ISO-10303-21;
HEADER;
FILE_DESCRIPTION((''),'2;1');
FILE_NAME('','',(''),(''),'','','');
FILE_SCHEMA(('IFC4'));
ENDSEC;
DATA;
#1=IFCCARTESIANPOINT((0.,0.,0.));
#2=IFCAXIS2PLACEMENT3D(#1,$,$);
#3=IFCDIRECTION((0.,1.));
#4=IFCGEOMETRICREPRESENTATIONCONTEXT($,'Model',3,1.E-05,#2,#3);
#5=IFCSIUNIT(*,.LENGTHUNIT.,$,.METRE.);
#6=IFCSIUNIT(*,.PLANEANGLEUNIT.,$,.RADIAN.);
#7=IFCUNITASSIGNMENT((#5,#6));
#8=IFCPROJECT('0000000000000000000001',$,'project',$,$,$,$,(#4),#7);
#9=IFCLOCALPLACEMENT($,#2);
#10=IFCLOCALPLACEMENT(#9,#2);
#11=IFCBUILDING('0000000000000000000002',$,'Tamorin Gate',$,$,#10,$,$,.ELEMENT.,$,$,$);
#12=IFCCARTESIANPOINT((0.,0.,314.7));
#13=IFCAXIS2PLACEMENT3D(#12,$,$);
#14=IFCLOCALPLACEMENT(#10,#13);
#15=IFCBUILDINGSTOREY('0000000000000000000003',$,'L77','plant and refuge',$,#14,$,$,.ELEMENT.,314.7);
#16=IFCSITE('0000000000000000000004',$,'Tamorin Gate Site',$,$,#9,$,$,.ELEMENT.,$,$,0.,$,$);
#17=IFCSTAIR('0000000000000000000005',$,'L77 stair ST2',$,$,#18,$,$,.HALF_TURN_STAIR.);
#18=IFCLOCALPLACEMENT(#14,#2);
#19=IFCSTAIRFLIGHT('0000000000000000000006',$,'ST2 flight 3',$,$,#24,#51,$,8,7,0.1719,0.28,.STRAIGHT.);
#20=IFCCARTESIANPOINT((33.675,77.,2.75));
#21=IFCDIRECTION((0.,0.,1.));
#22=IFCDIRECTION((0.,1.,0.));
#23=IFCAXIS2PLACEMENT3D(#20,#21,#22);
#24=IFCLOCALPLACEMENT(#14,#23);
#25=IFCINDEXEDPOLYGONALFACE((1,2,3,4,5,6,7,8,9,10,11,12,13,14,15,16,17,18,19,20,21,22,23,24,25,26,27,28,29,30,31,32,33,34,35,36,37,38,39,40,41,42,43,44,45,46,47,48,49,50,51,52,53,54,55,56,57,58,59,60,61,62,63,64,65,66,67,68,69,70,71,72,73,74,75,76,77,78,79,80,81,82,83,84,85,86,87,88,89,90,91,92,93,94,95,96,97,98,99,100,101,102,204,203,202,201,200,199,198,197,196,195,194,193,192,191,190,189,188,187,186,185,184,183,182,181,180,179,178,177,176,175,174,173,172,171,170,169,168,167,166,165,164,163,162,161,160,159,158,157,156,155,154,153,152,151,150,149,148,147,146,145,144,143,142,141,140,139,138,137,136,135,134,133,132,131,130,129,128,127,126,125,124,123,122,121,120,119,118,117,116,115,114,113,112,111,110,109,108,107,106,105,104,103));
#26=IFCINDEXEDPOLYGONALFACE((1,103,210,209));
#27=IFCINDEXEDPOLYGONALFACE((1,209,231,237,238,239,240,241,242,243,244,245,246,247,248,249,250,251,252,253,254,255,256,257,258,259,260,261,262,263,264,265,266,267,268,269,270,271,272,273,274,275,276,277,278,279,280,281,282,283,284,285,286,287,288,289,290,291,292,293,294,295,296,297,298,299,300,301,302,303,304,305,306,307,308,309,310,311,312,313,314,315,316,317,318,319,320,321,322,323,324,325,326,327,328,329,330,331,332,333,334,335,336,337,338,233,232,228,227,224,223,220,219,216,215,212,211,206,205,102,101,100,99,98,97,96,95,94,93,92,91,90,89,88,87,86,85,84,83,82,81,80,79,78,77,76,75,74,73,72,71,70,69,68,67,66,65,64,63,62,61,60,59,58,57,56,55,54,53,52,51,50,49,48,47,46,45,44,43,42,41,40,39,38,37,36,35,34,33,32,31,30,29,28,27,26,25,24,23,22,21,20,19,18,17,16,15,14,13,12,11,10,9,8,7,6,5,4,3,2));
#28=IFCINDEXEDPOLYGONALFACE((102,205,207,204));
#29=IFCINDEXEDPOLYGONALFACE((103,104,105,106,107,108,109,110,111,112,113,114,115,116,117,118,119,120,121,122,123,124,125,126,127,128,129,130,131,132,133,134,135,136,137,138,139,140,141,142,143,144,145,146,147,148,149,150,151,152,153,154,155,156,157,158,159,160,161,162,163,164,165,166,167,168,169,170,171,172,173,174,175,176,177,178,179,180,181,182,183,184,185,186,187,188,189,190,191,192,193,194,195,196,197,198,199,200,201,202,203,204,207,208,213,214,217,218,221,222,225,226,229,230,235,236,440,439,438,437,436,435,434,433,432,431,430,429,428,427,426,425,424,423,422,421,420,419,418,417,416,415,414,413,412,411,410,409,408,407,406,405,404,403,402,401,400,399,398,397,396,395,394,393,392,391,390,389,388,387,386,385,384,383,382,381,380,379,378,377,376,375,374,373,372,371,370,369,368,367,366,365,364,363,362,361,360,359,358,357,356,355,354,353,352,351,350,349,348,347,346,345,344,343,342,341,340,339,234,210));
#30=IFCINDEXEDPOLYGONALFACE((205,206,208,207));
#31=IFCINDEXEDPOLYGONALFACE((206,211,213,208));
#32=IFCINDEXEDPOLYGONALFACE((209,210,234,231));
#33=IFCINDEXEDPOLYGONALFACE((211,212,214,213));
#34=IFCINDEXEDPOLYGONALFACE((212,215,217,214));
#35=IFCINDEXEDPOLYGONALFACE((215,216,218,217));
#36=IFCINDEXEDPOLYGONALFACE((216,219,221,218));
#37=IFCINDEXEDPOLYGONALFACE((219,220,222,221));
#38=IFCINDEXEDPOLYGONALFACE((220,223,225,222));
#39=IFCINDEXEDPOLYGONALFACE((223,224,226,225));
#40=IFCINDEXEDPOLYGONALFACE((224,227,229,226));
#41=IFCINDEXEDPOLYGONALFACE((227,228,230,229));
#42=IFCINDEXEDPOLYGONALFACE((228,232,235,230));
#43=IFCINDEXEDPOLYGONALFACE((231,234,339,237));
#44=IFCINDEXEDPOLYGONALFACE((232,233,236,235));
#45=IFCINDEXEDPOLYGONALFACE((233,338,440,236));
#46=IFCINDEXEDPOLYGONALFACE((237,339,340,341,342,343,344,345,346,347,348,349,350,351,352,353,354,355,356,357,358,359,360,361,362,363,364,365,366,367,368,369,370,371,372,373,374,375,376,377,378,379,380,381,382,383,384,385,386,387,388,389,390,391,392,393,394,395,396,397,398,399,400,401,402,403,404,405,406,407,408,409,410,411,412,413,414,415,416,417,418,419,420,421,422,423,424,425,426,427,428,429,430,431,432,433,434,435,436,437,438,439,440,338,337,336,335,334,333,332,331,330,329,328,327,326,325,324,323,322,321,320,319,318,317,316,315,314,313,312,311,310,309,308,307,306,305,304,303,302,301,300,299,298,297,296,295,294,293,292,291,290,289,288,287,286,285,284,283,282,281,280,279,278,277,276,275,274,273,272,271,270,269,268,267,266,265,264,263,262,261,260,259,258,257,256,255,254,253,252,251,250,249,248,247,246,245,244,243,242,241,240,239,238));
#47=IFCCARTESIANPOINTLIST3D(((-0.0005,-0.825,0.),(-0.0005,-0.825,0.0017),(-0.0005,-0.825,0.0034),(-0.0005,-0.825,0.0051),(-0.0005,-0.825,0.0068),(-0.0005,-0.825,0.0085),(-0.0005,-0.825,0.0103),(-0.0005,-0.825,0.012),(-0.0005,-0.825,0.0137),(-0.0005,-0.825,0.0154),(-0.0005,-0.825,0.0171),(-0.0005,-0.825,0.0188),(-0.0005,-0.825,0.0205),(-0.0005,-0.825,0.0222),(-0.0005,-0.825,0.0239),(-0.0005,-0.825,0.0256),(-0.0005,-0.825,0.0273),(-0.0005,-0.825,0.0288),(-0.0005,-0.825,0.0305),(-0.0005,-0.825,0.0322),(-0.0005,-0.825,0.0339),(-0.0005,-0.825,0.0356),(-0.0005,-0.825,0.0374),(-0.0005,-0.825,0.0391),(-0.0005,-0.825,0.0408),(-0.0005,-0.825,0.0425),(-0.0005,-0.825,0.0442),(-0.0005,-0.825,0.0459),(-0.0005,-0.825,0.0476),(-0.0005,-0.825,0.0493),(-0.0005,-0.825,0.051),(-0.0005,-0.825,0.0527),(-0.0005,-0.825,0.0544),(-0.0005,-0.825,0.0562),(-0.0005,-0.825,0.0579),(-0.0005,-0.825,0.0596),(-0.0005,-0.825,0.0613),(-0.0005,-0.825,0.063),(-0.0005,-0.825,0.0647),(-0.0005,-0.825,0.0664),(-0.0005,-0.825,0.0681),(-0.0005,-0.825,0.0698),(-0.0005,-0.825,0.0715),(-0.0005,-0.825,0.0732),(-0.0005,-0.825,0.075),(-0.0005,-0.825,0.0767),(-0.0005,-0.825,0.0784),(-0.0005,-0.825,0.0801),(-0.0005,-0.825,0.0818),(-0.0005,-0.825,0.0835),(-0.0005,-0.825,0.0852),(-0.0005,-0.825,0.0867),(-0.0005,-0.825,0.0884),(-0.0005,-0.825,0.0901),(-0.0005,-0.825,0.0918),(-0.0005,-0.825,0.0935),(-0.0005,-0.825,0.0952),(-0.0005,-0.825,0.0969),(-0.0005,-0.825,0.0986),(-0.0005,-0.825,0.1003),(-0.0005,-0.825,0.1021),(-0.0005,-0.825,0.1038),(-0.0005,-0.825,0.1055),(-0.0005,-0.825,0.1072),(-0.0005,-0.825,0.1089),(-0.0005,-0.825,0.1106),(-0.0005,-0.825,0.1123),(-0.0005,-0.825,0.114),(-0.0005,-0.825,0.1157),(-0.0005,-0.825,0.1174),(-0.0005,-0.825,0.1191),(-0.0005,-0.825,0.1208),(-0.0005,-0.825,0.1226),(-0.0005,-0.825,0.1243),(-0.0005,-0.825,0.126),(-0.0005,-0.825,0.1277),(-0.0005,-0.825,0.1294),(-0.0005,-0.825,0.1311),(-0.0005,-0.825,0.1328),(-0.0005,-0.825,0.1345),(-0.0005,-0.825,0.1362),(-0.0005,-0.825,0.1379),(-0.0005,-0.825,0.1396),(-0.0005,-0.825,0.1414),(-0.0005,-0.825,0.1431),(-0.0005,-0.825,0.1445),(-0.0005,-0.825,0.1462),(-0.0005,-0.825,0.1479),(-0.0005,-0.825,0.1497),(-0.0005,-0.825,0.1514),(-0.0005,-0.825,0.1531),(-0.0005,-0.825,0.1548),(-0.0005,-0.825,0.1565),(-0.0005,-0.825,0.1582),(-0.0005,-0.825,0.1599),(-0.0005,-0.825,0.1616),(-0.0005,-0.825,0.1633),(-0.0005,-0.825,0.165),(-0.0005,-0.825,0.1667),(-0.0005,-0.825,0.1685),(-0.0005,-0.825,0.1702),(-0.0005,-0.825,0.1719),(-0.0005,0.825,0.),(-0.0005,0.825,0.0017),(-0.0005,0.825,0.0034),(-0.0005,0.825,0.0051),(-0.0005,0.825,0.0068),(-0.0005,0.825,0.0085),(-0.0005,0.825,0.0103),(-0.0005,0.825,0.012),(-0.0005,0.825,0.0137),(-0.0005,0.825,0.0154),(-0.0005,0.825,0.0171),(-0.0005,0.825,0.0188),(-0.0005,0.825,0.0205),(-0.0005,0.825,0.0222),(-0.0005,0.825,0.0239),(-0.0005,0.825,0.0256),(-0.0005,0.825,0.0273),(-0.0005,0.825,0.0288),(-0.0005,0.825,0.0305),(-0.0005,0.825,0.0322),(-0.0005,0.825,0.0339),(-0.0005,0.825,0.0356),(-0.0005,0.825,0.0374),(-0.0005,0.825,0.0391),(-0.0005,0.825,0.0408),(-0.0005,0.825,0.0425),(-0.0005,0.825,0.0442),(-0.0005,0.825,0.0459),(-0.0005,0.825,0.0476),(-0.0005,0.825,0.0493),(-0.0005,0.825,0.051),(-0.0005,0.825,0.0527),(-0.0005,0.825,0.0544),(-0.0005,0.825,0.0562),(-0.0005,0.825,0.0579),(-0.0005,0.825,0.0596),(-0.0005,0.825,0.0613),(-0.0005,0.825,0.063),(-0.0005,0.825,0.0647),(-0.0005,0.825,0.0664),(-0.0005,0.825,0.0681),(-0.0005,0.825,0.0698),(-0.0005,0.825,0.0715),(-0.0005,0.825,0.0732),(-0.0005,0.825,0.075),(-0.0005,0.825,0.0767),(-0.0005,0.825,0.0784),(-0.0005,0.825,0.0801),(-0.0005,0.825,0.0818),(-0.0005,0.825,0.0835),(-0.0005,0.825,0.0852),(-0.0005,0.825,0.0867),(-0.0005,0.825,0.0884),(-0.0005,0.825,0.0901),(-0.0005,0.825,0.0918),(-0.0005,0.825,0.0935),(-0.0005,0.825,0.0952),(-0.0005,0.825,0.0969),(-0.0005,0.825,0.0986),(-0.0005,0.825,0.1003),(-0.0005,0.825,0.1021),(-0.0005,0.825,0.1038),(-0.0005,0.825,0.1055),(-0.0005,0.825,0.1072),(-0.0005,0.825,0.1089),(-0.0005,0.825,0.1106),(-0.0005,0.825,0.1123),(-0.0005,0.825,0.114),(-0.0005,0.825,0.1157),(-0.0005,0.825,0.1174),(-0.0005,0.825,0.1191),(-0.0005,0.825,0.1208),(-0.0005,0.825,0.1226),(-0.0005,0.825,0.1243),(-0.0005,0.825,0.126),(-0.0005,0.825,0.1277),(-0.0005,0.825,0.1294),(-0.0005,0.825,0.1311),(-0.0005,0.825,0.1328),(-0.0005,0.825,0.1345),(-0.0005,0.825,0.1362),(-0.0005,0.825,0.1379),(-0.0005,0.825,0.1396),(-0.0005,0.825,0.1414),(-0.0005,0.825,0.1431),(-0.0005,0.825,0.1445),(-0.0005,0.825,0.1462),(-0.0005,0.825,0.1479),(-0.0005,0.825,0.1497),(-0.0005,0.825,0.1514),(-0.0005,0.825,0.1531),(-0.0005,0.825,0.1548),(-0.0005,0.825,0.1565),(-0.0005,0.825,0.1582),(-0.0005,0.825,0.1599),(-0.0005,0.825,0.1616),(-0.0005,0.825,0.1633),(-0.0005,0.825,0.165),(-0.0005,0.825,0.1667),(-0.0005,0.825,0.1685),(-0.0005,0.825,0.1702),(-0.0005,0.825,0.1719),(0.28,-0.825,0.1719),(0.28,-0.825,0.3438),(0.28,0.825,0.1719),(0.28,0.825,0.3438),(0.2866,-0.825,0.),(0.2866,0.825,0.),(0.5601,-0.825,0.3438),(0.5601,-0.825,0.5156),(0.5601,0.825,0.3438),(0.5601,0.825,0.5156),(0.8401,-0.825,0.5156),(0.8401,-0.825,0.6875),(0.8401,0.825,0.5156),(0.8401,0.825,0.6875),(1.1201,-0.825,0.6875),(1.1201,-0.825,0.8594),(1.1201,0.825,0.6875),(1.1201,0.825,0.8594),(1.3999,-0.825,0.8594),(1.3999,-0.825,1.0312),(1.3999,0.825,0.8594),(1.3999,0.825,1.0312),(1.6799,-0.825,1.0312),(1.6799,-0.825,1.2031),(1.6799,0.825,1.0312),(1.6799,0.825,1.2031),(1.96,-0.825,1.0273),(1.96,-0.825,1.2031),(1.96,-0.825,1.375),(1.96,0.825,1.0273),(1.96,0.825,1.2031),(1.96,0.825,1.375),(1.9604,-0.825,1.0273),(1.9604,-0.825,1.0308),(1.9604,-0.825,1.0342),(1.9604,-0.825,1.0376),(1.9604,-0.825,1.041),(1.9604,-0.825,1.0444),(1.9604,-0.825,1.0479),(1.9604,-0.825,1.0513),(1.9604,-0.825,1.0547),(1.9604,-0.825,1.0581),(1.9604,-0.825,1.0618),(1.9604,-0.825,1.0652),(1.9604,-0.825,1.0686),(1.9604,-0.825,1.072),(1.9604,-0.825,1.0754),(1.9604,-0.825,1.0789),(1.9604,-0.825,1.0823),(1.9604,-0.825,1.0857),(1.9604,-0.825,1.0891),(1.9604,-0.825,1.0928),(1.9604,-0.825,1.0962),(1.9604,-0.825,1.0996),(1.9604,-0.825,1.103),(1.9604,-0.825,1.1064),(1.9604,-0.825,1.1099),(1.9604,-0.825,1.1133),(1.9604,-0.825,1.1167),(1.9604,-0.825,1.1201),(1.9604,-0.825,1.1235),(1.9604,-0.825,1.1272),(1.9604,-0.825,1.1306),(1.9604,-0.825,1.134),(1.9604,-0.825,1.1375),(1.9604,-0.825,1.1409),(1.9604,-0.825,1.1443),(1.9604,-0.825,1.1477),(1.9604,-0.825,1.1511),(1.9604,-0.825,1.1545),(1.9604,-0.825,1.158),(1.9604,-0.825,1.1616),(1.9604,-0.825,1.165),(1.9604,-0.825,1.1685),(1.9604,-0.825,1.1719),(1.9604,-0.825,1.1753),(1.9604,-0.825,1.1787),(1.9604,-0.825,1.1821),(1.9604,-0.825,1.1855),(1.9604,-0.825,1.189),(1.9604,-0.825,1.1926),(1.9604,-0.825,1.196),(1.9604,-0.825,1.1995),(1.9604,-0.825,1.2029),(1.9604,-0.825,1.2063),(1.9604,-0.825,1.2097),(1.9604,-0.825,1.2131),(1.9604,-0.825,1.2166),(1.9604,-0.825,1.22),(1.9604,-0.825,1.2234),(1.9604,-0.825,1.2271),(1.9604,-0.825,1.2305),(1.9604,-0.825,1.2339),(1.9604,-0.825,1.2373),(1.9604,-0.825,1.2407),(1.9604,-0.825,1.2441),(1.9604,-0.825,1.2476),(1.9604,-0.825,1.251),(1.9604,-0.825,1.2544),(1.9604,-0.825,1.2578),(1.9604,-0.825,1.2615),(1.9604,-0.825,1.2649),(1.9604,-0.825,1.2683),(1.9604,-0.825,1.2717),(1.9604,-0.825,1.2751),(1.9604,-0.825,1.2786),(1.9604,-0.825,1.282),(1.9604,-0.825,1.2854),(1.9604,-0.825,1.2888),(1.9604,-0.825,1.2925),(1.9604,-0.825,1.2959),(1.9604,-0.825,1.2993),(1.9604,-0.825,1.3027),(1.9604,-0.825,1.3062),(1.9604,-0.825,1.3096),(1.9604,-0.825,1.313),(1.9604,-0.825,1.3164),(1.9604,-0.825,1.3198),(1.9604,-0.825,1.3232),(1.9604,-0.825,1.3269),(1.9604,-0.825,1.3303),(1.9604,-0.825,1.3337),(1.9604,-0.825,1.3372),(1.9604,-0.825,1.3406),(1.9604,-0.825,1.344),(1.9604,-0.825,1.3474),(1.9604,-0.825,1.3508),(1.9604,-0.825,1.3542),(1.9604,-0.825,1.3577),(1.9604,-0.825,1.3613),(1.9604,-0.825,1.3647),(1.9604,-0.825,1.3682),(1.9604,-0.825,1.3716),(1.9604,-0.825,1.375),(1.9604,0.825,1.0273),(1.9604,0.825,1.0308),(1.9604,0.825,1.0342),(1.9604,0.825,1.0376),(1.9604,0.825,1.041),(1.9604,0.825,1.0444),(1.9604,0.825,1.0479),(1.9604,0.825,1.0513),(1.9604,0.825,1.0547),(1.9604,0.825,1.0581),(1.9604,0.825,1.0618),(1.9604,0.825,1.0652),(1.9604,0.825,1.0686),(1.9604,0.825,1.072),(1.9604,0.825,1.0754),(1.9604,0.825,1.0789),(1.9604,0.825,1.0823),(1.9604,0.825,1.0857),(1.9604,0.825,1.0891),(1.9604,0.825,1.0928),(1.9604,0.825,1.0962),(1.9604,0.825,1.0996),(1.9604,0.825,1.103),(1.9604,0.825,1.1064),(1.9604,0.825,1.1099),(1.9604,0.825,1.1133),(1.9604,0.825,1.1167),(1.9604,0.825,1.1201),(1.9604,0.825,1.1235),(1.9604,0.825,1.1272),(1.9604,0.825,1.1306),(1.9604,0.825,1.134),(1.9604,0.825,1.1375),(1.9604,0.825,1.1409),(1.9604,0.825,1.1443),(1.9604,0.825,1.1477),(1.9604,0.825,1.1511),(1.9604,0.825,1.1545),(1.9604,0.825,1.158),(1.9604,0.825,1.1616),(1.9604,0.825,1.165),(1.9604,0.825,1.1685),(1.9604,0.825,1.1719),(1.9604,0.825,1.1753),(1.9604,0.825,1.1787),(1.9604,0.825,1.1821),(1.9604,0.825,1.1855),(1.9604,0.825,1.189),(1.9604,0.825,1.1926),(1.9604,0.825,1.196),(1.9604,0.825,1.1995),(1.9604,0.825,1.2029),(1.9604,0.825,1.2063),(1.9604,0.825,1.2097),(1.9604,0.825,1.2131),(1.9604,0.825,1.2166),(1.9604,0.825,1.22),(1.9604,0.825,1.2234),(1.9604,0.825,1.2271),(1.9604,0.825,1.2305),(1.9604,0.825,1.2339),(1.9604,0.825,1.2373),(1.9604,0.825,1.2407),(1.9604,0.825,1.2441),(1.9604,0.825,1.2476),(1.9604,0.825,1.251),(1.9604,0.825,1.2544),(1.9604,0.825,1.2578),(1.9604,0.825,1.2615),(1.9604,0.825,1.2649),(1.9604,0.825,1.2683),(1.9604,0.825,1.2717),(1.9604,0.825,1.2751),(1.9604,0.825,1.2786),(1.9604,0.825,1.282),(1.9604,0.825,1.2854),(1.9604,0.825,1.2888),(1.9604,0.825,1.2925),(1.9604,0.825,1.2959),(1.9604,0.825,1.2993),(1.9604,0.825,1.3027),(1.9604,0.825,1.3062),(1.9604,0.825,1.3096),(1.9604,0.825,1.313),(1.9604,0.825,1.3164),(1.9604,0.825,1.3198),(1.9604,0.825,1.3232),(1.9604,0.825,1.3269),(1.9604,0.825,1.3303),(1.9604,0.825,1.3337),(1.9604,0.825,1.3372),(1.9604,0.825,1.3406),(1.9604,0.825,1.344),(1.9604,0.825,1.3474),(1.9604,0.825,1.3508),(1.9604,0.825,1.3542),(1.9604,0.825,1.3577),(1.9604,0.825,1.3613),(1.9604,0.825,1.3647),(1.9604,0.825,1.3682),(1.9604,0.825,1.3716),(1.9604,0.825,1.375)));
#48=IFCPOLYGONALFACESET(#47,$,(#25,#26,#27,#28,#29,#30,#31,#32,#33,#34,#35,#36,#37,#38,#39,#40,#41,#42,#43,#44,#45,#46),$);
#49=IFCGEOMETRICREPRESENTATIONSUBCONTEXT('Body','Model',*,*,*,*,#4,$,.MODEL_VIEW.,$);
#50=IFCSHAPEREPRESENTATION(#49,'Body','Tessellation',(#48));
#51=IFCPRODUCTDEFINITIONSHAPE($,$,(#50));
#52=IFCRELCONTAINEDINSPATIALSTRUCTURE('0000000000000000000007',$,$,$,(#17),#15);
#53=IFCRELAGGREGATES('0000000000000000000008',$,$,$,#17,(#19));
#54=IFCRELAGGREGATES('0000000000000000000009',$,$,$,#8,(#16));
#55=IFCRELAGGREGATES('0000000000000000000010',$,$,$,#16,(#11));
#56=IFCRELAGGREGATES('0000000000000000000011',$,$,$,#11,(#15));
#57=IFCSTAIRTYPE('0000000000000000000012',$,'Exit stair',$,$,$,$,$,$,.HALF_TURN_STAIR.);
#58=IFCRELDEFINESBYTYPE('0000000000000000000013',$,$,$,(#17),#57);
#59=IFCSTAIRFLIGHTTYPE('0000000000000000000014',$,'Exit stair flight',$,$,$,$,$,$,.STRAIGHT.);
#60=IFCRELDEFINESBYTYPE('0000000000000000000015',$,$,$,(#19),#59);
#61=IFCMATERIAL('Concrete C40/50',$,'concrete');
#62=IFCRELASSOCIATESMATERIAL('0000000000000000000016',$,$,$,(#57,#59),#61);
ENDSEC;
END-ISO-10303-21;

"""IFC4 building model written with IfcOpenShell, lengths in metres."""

from ifc_helpers import new_model, si_unit, direction, frame, origin, place, context, subcontext, project, spatial, polyline, outline, extrude, material, type_object, element, aggregate, save


model = new_model("IFC4")

# Units and contexts
model_context = context("Model", 3, precision=1e-05, world=origin(), true_north=direction((0.0, 1.0)))
body_context = subcontext(model_context, "Body", "Model", "MODEL_VIEW")
ifc_project = project(units=[si_unit("LENGTHUNIT", "METRE"), si_unit("PLANEANGLEUNIT", "RADIAN")], contexts=[model_context])

# Site, building, storey
site_placement = place(None, origin())
site = spatial("IfcSite", under=ifc_project, at=site_placement, Name="Tamorin Gate Site", CompositionType="ELEMENT", RefElevation=0.0)
building_placement = place(site_placement, origin())
building = spatial("IfcBuilding", under=site, at=building_placement, Name="Tamorin Gate", CompositionType="ELEMENT")
storey_placement = place(building_placement, frame((0.0, 0.0, 314.7)))
storey = spatial("IfcBuildingStorey", under=building, at=storey_placement, Name="L77", Description="plant and refuge", CompositionType="ELEMENT", Elevation=314.7)

# Shared definitions
ifc_material_1 = material(Name="Concrete C40/50", Category="concrete")

# Stair, stair flight
stair_type = type_object("IfcStairType", Name="Exit stair", PredefinedType="HALF_TURN_STAIR", material=ifc_material_1)
stair_placement = place(storey_placement, origin())
stair = element("IfcStair", 1, at=stair_placement, inside=storey, type_object=stair_type, Name="L77 stair ST2", PredefinedType="HALF_TURN_STAIR")
stair_flight_type = type_object("IfcStairFlightType", Name="Exit stair flight", PredefinedType="STRAIGHT", material=ifc_material_1)
stair_flight_1_placement = place(storey_placement, frame((33.675, 77.0, 2.75), z_axis=(0.0, 0.0, 1.0), x_axis=(0.0, 1.0, 0.0)))
stair_flight_1 = element("IfcStairFlight", 2, at=stair_flight_1_placement, type_object=stair_flight_type, Name="ST2 flight 3", NumberOfRisers=8, NumberOfTreads=7, PredefinedType="STRAIGHT", RiserHeight=0.1719, TreadLength=0.28, context=body_context, shape_type="SweptSolid", body=[
    extrude(outline(polyline([(-0.0005, 0.0), (-0.0005, 0.0017), (-0.0005, 0.0034), (-0.0005, 0.0051), (-0.0005, 0.0068), (-0.0005, 0.0085), (-0.0005, 0.0103), (-0.0005, 0.012), (-0.0005, 0.0137), (-0.0005, 0.0154), (-0.0005, 0.0171), (-0.0005, 0.0188), (-0.0005, 0.0205), (-0.0005, 0.0222), (-0.0005, 0.0239), (-0.0005, 0.0256), (-0.0005, 0.0273), (-0.0005, 0.0288), (-0.0005, 0.0305), (-0.0005, 0.0322), (-0.0005, 0.0339), (-0.0005, 0.0356), (-0.0005, 0.0374), (-0.0005, 0.0391), (-0.0005, 0.0408), (-0.0005, 0.0425), (-0.0005, 0.0442), (-0.0005, 0.0459), (-0.0005, 0.0476), (-0.0005, 0.0493), (-0.0005, 0.051), (-0.0005, 0.0527), (-0.0005, 0.0544), (-0.0005, 0.0562), (-0.0005, 0.0579), (-0.0005, 0.0596), (-0.0005, 0.0613), (-0.0005, 0.063), (-0.0005, 0.0647), (-0.0005, 0.0664), (-0.0005, 0.0681), (-0.0005, 0.0698), (-0.0005, 0.0715), (-0.0005, 0.0732), (-0.0005, 0.075), (-0.0005, 0.0767), (-0.0005, 0.0784), (-0.0005, 0.0801), (-0.0005, 0.0818), (-0.0005, 0.0835), (-0.0005, 0.0852), (-0.0005, 0.0867), (-0.0005, 0.0884), (-0.0005, 0.0901), (-0.0005, 0.0918), (-0.0005, 0.0935), (-0.0005, 0.0952), (-0.0005, 0.0969), (-0.0005, 0.0986), (-0.0005, 0.1003), (-0.0005, 0.1021), (-0.0005, 0.1038), (-0.0005, 0.1055), (-0.0005, 0.1072), (-0.0005, 0.1089), (-0.0005, 0.1106), (-0.0005, 0.1123), (-0.0005, 0.114), (-0.0005, 0.1157), (-0.0005, 0.1174), (-0.0005, 0.1191), (-0.0005, 0.1208), (-0.0005, 0.1226), (-0.0005, 0.1243), (-0.0005, 0.126), (-0.0005, 0.1277), (-0.0005, 0.1294), (-0.0005, 0.1311), (-0.0005, 0.1328), (-0.0005, 0.1345), (-0.0005, 0.1362), (-0.0005, 0.1379), (-0.0005, 0.1396), (-0.0005, 0.1414), (-0.0005, 0.1431), (-0.0005, 0.1445), (-0.0005, 0.1462), (-0.0005, 0.1479), (-0.0005, 0.1497), (-0.0005, 0.1514), (-0.0005, 0.1531), (-0.0005, 0.1548), (-0.0005, 0.1565), (-0.0005, 0.1582), (-0.0005, 0.1599), (-0.0005, 0.1616), (-0.0005, 0.1633), (-0.0005, 0.165), (-0.0005, 0.1667), (-0.0005, 0.1685), (-0.0005, 0.1702), (-0.0005, 0.1719), (0.28, 0.1719), (0.28, 0.3438), (0.5601, 0.3438), (0.5601, 0.5156), (0.8401, 0.5156), (0.8401, 0.6875), (1.1201, 0.6875), (1.1201, 0.8594), (1.3999, 0.8594), (1.3999, 1.0312), (1.6799, 1.0312), (1.6799, 1.2031), (1.96, 1.2031), (1.96, 1.375), (1.9604, 1.375), (1.9604, 1.3716), (1.9604, 1.3682), (1.9604, 1.3647), (1.9604, 1.3613), (1.9604, 1.3577), (1.9604, 1.3542), (1.9604, 1.3508), (1.9604, 1.3474), (1.9604, 1.344), (1.9604, 1.3406), (1.9604, 1.3372), (1.9604, 1.3337), (1.9604, 1.3303), (1.9604, 1.3269), (1.9604, 1.3232), (1.9604, 1.3198), (1.9604, 1.3164), (1.9604, 1.313), (1.9604, 1.3096), (1.9604, 1.3062), (1.9604, 1.3027), (1.9604, 1.2993), (1.9604, 1.2959), (1.9604, 1.2925), (1.9604, 1.2888), (1.9604, 1.2854), (1.9604, 1.282), (1.9604, 1.2786), (1.9604, 1.2751), (1.9604, 1.2717), (1.9604, 1.2683), (1.9604, 1.2649), (1.9604, 1.2615), (1.9604, 1.2578), (1.9604, 1.2544), (1.9604, 1.251), (1.9604, 1.2476), (1.9604, 1.2441), (1.9604, 1.2407), (1.9604, 1.2373), (1.9604, 1.2339), (1.9604, 1.2305), (1.9604, 1.2271), (1.9604, 1.2234), (1.9604, 1.22), (1.9604, 1.2166), (1.9604, 1.2131), (1.9604, 1.2097), (1.9604, 1.2063), (1.9604, 1.2029), (1.9604, 1.1995), (1.9604, 1.196), (1.9604, 1.1926), (1.9604, 1.189), (1.9604, 1.1855), (1.9604, 1.1821), (1.9604, 1.1787), (1.9604, 1.1753), (1.9604, 1.1719), (1.9604, 1.1685), (1.9604, 1.165), (1.9604, 1.1616), (1.9604, 1.158), (1.9604, 1.1545), (1.9604, 1.1511), (1.9604, 1.1477), (1.9604, 1.1443), (1.9604, 1.1409), (1.9604, 1.1375), (1.9604, 1.134), (1.9604, 1.1306), (1.9604, 1.1272), (1.9604, 1.1235), (1.9604, 1.1201), (1.9604, 1.1167), (1.9604, 1.1133), (1.9604, 1.1099), (1.9604, 1.1064), (1.9604, 1.103), (1.9604, 1.0996), (1.9604, 1.0962), (1.9604, 1.0928), (1.9604, 1.0891), (1.9604, 1.0857), (1.9604, 1.0823), (1.9604, 1.0789), (1.9604, 1.0754), (1.9604, 1.072), (1.9604, 1.0686), (1.9604, 1.0652), (1.9604, 1.0618), (1.9604, 1.0581), (1.9604, 1.0547), (1.9604, 1.0513), (1.9604, 1.0479), (1.9604, 1.0444), (1.9604, 1.041), (1.9604, 1.0376), (1.9604, 1.0342), (1.9604, 1.0308), (1.9604, 1.0273), (1.96, 1.0273), (0.2866, 0.0), (-0.0005, 0.0)])), frame((0.0, 0.825, 0.0), z_axis=(0.0, -1.0, 0.0), x_axis=(1.0, 0.0, 0.0)), (0.0, 0.0, 1.0), 1.6499),
])
aggregate(stair, [stair_flight_1])

save(model, "model.ifc")
